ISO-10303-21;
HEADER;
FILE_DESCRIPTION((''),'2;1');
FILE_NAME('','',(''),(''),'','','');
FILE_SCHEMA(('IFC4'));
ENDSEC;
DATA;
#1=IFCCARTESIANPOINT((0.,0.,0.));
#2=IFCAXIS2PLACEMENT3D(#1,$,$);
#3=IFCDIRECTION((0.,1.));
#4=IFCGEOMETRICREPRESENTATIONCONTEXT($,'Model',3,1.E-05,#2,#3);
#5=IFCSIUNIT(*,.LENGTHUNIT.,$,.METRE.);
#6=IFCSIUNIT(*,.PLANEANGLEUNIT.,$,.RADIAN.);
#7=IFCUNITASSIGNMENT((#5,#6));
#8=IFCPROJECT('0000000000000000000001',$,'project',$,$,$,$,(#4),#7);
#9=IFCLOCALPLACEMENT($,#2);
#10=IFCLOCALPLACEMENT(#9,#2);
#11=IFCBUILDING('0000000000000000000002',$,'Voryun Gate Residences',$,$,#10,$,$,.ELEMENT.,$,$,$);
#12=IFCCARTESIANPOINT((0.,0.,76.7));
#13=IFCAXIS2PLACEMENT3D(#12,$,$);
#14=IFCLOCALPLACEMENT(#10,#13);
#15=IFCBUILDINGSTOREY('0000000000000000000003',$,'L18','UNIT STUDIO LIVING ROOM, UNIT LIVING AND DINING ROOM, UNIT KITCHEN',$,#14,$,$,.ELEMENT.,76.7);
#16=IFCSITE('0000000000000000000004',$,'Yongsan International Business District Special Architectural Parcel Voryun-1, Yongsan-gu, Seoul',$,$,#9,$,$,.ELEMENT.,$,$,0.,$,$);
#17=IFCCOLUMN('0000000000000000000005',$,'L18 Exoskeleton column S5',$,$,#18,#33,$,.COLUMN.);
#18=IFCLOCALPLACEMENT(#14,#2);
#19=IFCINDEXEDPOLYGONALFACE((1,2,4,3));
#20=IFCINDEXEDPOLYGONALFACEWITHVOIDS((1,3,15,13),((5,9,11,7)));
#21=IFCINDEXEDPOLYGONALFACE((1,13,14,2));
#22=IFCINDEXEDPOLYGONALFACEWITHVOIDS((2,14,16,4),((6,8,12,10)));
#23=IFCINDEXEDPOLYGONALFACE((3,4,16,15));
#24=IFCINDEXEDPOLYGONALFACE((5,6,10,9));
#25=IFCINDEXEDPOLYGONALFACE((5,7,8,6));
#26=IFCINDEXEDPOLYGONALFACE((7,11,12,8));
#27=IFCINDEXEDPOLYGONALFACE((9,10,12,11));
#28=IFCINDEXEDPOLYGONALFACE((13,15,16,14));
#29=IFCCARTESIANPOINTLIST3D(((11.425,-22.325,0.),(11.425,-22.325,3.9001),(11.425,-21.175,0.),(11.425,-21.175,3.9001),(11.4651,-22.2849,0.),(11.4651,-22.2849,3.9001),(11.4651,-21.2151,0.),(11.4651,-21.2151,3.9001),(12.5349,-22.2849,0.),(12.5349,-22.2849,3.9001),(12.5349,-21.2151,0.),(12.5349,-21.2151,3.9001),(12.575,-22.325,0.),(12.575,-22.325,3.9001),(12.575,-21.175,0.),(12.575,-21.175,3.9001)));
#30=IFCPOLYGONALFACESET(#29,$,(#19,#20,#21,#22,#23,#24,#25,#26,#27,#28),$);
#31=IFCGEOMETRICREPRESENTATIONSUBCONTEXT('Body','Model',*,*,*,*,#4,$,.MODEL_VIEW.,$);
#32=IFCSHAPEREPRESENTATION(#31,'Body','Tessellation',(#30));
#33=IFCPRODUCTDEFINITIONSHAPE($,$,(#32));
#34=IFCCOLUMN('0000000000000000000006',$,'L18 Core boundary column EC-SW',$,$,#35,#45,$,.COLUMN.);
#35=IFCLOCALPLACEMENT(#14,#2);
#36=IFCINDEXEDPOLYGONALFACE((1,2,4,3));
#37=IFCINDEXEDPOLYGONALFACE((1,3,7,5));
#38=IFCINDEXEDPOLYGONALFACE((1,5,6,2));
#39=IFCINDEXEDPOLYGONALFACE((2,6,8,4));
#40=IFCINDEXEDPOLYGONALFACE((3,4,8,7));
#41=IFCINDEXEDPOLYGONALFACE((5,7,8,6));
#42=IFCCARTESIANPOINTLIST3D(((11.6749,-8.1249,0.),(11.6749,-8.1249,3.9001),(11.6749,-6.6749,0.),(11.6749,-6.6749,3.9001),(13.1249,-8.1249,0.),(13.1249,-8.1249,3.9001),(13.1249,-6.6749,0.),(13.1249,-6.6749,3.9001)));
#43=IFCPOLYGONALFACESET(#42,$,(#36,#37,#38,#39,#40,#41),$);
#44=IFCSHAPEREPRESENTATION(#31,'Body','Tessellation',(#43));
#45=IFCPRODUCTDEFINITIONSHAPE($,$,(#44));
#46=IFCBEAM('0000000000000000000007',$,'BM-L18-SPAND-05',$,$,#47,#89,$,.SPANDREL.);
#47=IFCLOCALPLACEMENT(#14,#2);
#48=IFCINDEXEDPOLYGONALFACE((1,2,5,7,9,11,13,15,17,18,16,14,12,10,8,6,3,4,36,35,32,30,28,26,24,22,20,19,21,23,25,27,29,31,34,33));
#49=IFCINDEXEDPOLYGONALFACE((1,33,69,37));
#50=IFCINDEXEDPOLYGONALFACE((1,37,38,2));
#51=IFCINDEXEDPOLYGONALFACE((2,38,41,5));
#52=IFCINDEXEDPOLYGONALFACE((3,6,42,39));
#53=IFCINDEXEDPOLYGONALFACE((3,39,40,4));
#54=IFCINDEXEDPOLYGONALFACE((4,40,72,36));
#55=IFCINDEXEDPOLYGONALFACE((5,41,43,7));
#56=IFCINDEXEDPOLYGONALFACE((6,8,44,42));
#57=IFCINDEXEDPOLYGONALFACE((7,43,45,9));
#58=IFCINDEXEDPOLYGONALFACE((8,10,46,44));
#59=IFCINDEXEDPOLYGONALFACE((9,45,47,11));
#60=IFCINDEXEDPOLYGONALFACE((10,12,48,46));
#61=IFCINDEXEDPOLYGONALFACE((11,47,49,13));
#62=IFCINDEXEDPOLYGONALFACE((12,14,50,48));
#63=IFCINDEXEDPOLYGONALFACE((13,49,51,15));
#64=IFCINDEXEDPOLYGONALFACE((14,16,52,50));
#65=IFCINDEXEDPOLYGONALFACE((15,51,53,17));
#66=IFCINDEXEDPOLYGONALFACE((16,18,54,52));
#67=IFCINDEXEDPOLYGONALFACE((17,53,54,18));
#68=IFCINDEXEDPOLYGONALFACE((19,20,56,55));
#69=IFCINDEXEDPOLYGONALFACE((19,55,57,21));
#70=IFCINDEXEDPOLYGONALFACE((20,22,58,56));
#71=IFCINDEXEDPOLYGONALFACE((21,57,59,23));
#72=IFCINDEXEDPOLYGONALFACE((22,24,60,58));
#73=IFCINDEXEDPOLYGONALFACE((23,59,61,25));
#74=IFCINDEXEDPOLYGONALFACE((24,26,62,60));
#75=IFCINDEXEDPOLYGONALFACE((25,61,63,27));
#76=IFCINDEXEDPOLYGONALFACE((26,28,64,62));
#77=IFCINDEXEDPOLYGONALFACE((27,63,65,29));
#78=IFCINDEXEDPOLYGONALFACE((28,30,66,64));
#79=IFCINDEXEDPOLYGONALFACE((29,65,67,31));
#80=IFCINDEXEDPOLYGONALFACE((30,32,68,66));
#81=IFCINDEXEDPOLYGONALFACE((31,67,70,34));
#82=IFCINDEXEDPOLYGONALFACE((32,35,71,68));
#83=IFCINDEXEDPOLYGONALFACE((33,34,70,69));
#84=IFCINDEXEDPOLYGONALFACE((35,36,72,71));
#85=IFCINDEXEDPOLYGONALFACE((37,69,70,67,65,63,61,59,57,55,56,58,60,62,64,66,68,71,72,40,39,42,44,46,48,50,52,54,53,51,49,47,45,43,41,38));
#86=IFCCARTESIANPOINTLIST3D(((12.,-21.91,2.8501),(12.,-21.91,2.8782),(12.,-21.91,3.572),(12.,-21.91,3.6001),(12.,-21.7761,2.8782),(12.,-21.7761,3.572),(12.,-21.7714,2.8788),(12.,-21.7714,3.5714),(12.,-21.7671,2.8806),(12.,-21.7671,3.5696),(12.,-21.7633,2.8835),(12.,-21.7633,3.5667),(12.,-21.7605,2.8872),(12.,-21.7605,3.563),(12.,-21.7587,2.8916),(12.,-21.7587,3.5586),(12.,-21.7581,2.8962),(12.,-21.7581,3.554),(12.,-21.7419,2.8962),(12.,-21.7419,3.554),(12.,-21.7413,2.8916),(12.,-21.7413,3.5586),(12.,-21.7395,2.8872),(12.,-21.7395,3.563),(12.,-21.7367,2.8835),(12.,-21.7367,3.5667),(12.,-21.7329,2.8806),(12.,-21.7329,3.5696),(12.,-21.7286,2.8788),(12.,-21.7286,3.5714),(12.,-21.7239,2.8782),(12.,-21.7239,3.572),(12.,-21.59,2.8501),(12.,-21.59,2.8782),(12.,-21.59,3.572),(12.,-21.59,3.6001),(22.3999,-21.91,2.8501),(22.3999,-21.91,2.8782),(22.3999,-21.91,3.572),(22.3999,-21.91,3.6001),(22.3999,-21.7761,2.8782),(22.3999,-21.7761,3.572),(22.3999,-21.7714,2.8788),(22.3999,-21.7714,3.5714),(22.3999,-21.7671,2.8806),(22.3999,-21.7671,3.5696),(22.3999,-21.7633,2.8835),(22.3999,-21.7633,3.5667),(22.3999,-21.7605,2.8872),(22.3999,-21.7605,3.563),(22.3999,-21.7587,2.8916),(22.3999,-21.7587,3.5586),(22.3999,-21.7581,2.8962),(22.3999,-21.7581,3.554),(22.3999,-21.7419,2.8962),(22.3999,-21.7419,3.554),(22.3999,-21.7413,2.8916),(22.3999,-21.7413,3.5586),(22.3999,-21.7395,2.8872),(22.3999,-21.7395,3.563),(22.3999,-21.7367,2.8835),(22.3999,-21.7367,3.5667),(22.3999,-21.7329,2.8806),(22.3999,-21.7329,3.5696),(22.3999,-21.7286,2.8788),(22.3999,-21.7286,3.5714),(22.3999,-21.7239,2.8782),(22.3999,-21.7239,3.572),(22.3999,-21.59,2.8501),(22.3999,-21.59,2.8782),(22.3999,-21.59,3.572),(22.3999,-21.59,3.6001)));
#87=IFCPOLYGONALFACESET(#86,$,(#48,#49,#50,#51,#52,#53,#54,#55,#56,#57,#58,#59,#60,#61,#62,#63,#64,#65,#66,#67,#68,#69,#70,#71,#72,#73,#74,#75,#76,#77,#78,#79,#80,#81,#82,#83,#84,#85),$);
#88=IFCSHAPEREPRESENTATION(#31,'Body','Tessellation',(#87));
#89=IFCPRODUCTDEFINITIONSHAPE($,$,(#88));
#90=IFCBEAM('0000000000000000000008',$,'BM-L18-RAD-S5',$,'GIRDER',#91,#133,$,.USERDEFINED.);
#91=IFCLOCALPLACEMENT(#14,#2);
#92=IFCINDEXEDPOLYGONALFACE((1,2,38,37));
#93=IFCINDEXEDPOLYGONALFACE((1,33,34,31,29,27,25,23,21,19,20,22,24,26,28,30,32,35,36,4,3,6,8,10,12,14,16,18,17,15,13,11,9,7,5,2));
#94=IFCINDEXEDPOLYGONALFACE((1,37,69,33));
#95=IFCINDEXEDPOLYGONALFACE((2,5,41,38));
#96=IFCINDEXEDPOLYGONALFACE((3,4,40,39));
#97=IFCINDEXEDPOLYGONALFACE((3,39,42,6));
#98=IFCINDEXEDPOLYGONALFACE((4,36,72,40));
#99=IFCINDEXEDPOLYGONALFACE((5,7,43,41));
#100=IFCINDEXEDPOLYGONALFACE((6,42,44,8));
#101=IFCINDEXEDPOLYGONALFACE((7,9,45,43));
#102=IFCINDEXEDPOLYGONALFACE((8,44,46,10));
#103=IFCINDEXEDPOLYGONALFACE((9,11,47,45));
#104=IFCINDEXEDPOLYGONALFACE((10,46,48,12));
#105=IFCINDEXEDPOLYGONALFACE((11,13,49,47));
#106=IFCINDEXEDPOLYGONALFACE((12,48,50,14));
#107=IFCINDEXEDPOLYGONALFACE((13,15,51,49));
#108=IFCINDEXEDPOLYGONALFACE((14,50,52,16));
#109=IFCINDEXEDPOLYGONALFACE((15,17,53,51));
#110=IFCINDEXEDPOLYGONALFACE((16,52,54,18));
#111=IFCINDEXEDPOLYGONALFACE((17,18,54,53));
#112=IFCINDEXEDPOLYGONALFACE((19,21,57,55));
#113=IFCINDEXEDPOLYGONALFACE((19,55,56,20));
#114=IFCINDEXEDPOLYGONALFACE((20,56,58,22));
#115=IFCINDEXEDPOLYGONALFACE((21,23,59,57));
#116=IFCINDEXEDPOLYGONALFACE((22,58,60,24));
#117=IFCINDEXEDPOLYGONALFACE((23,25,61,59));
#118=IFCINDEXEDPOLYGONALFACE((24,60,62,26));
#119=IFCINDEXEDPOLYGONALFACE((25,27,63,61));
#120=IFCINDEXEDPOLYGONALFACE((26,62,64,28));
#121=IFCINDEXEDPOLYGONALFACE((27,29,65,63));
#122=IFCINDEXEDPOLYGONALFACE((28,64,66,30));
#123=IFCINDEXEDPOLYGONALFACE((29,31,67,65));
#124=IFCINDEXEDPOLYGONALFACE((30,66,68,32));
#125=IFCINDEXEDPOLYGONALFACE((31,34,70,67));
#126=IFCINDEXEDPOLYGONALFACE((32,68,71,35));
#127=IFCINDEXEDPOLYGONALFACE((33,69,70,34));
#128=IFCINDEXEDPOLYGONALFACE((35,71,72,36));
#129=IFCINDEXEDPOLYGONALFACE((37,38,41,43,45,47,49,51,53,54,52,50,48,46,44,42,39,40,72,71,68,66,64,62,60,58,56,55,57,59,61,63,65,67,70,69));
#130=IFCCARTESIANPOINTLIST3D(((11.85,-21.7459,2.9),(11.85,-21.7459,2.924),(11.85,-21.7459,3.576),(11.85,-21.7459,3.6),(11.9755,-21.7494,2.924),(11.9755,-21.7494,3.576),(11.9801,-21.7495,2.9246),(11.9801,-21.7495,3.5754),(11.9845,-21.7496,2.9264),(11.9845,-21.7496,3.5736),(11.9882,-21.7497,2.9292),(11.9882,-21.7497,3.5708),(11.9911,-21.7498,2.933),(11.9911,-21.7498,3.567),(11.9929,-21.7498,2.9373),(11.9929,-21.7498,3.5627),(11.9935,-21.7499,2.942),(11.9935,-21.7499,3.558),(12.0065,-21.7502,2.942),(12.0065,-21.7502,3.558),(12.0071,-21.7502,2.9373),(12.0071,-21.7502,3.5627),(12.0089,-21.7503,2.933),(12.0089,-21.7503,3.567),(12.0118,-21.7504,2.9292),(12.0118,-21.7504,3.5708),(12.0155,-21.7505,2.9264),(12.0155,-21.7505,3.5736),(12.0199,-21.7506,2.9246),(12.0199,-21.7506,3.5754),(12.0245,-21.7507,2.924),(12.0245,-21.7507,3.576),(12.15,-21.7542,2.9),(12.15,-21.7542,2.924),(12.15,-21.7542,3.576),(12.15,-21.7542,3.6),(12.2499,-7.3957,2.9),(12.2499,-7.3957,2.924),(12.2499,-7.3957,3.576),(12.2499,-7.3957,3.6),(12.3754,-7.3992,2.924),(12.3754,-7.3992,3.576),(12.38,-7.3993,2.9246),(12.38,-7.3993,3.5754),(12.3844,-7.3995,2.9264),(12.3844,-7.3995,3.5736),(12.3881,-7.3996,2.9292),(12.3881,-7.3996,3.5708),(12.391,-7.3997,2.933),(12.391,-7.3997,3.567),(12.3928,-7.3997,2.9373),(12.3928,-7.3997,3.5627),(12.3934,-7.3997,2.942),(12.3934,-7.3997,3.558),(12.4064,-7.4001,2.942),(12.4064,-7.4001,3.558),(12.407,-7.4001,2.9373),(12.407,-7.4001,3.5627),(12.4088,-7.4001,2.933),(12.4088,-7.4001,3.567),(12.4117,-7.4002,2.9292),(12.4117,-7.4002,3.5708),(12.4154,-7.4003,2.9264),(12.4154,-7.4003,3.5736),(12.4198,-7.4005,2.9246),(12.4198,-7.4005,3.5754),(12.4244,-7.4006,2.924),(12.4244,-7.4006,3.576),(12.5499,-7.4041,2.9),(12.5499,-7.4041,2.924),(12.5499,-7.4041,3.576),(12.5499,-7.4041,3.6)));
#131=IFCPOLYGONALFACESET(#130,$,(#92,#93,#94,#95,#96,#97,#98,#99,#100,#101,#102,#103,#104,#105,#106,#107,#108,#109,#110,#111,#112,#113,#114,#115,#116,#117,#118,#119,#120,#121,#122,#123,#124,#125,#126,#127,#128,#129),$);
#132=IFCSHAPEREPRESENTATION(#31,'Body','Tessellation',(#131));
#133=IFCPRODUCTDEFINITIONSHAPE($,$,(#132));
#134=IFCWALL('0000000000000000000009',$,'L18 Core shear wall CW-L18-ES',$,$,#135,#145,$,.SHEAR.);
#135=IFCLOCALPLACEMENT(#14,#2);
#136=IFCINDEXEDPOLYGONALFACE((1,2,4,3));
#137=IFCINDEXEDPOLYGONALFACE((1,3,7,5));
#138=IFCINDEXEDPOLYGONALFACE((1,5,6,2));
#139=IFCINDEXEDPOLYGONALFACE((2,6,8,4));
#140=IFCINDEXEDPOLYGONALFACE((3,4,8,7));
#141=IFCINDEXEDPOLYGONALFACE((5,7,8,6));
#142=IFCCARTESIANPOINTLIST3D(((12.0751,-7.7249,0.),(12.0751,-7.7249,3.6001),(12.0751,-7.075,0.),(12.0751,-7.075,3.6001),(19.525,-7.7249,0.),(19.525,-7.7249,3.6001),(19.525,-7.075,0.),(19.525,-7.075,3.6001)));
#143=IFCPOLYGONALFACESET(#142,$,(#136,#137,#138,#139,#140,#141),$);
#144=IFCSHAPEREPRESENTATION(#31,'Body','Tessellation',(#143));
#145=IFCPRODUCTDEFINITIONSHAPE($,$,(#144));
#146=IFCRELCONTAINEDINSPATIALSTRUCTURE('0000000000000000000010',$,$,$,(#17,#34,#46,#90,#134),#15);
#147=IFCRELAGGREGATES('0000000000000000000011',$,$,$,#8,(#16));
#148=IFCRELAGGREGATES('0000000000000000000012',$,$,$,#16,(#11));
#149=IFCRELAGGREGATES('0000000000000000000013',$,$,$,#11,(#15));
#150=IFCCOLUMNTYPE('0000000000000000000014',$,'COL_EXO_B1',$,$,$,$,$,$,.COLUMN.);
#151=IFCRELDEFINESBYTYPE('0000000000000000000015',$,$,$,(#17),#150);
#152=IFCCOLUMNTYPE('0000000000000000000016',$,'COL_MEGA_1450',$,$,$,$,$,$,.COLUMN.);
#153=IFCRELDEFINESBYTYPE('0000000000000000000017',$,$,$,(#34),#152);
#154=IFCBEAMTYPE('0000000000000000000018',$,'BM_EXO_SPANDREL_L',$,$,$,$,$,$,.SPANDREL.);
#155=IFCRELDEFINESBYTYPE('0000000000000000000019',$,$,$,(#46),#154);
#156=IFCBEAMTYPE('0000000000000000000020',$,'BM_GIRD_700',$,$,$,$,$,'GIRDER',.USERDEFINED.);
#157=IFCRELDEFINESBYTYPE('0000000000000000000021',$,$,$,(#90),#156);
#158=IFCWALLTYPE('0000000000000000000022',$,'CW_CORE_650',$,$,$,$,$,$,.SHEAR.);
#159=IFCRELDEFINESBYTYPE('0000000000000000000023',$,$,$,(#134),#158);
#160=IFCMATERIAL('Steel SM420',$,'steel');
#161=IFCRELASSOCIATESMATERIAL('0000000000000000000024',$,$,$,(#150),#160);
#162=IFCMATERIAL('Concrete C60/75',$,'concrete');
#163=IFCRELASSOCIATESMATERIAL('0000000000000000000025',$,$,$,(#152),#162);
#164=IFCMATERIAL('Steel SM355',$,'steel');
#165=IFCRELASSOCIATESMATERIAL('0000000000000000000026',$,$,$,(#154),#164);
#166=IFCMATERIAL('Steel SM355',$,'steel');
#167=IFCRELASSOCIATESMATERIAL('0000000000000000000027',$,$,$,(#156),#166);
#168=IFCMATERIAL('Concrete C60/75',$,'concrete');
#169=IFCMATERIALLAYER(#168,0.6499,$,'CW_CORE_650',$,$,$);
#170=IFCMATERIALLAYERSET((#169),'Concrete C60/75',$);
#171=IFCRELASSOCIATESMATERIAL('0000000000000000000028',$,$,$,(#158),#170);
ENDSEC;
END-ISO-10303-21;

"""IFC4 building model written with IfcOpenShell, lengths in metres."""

from ifc_helpers import new_model, si_unit, direction, frame, frame_2d, origin, origin_2d, place, context, subcontext, project, spatial, rectangle, hollow_rectangle, i_section, extrude, material, layer, layer_set, material_profile, profile_set, type_object, element, save


model = new_model("IFC4")

# Units and contexts
model_context = context("Model", 3, precision=1e-05, world=origin(), true_north=direction((0.0, 1.0)))
body_context = subcontext(model_context, "Body", "Model", "MODEL_VIEW")
ifc_project = project(units=[si_unit("LENGTHUNIT", "METRE"), si_unit("PLANEANGLEUNIT", "RADIAN")], contexts=[model_context])

# Site, building, storey
site_placement = place(None, origin())
site = spatial("IfcSite", under=ifc_project, at=site_placement, Name="Yongsan International Business District Special Architectural Parcel Voryun-1, Yongsan-gu, Seoul", CompositionType="ELEMENT", RefElevation=0.0)
building_placement = place(site_placement, origin())
building = spatial("IfcBuilding", under=site, at=building_placement, Name="Voryun Gate Residences", CompositionType="ELEMENT")
storey_placement = place(building_placement, frame((0.0, 0.0, 76.7)))
storey = spatial("IfcBuildingStorey", under=building, at=storey_placement, Name="L18", Description="UNIT STUDIO LIVING ROOM, UNIT LIVING AND DINING ROOM, UNIT KITCHEN", CompositionType="ELEMENT", Elevation=76.7)

# Columns
ifc_material_1 = material(Name="Steel SM420", Category="steel")
ifc_material_profile_1 = material_profile(ifc_material_1, hollow_rectangle(XDim=1.1499, YDim=1.1499, WallThickness=0.04, at=origin_2d()), Name="BOX-1150x1150x40")
ifc_profile_set_1 = profile_set([ifc_material_profile_1], Name="Steel SM420")
column_type_1 = type_object("IfcColumnType", Name="COL_EXO_B1", PredefinedType="COLUMN", material=ifc_profile_set_1)
column_1_placement = place(storey_placement, frame((12.0, -21.75, 0.0), z_axis=(0.0, 0.0, 1.0), x_axis=(1.0, 0.0, 0.0)))
element("IfcColumn", 1, at=column_1_placement, inside=storey, type_object=column_type_1, Name="L18 Exoskeleton column S5", PredefinedType="COLUMN", context=body_context, shape_type="SweptSolid", body=[
    extrude(hollow_rectangle(XDim=1.1499, YDim=1.1499, WallThickness=0.04, at=origin_2d()), origin(), (0.0, 0.0, 1.0), 3.9001),
])
ifc_material_2 = material(Name="Concrete C60/75", Category="concrete")
ifc_material_profile_2 = material_profile(ifc_material_2, rectangle(XDim=1.45, YDim=1.45, at=origin_2d()), Name="RC-1450x1450")
ifc_profile_set_2 = profile_set([ifc_material_profile_2], Name="Concrete C60/75")
column_type_2 = type_object("IfcColumnType", Name="COL_MEGA_1450", PredefinedType="COLUMN", material=ifc_profile_set_2)
column_2_placement = place(storey_placement, frame((12.3999, -7.3999, 0.0), z_axis=(0.0, 0.0, 1.0), x_axis=(1.0, 0.0, 0.0)))
element("IfcColumn", 2, at=column_2_placement, inside=storey, type_object=column_type_2, Name="L18 Core boundary column EC-SW", PredefinedType="COLUMN", context=body_context, shape_type="SweptSolid", body=[
    extrude(rectangle(XDim=1.45, YDim=1.45, at=origin_2d()), origin(), (0.0, 0.0, 1.0), 3.9001),
])

# Beams
ifc_material_3 = material(Name="Steel SM355", Category="steel")
ifc_material_profile_3 = material_profile(ifc_material_3, i_section(OverallWidth=0.3201, OverallDepth=0.75, WebThickness=0.0161, FlangeThickness=0.0281, FilletRadius=0.0181, at=origin_2d()), Name="H-750x320x16x28")
ifc_profile_set_3 = profile_set([ifc_material_profile_3], Name="Steel SM355")
beam_type_1 = type_object("IfcBeamType", Name="BM_EXO_SPANDREL_L", PredefinedType="SPANDREL", material=ifc_profile_set_3)
beam_1_placement = place(storey_placement, frame((12.0, -21.75, 3.2251), z_axis=(1.0, 0.0, 0.0), x_axis=(0.0, 1.0, 0.0)))
element("IfcBeam", 3, at=beam_1_placement, inside=storey, type_object=beam_type_1, Name="BM-L18-SPAND-05", PredefinedType="SPANDREL", context=body_context, shape_type="SweptSolid", body=[
    extrude(i_section(OverallWidth=0.3201, OverallDepth=0.75, WebThickness=0.0161, FlangeThickness=0.0281, FilletRadius=0.0181, at=origin_2d()), origin(), (0.0, 0.0, 1.0), 10.3999),
])
ifc_material_4 = material(Name="Steel SM355", Category="steel")
ifc_material_profile_4 = material_profile(ifc_material_4, i_section(OverallWidth=0.3, OverallDepth=0.7, WebThickness=0.0129, FlangeThickness=0.0239, FilletRadius=0.0181, at=origin_2d()), Name="H-700x300x13x24")
ifc_profile_set_4 = profile_set([ifc_material_profile_4], Name="Steel SM355")
beam_type_2 = type_object("IfcBeamType", Name="BM_GIRD_700", ElementType="GIRDER", PredefinedType="USERDEFINED", material=ifc_profile_set_4)
beam_2_placement = place(storey_placement, frame((12.3999, -7.3999, 3.25), z_axis=(-0.027857, -0.999612, 0.0), x_axis=(0.999612, -0.027857, 0.0)))
element("IfcBeam", 4, at=beam_2_placement, inside=storey, type_object=beam_type_2, Name="BM-L18-RAD-S5", ObjectType="GIRDER", PredefinedType="USERDEFINED", context=body_context, shape_type="SweptSolid", body=[
    extrude(i_section(OverallWidth=0.3, OverallDepth=0.7, WebThickness=0.0129, FlangeThickness=0.0239, FilletRadius=0.0181, at=origin_2d()), origin(), (0.0, 0.0, 1.0), 14.3557),
])

# Wall
ifc_material_5 = material(Name="Concrete C60/75", Category="concrete")
ifc_layer_1 = layer(ifc_material_5, 0.6499, Name="CW_CORE_650")
ifc_layer_set_1 = layer_set([ifc_layer_1], Name="Concrete C60/75")
wall_type_1 = type_object("IfcWallType", Name="CW_CORE_650", PredefinedType="SHEAR", material=ifc_layer_set_1)
wall_1_placement = place(storey_placement, frame((12.075, -7.3999, 0.0), z_axis=(0.0, 0.0, 1.0), x_axis=(1.0, 0.0, 0.0)))
element("IfcWall", 5, at=wall_1_placement, inside=storey, type_object=wall_type_1, Name="L18 Core shear wall CW-L18-ES", PredefinedType="SHEAR", context=body_context, shape_type="SweptSolid", body=[
    extrude(rectangle(XDim=7.45, YDim=0.6499, at=frame_2d((3.7251, 0.0))), origin(), (0.0, 0.0, 1.0), 3.6001),
])

save(model, "model.ifc")
